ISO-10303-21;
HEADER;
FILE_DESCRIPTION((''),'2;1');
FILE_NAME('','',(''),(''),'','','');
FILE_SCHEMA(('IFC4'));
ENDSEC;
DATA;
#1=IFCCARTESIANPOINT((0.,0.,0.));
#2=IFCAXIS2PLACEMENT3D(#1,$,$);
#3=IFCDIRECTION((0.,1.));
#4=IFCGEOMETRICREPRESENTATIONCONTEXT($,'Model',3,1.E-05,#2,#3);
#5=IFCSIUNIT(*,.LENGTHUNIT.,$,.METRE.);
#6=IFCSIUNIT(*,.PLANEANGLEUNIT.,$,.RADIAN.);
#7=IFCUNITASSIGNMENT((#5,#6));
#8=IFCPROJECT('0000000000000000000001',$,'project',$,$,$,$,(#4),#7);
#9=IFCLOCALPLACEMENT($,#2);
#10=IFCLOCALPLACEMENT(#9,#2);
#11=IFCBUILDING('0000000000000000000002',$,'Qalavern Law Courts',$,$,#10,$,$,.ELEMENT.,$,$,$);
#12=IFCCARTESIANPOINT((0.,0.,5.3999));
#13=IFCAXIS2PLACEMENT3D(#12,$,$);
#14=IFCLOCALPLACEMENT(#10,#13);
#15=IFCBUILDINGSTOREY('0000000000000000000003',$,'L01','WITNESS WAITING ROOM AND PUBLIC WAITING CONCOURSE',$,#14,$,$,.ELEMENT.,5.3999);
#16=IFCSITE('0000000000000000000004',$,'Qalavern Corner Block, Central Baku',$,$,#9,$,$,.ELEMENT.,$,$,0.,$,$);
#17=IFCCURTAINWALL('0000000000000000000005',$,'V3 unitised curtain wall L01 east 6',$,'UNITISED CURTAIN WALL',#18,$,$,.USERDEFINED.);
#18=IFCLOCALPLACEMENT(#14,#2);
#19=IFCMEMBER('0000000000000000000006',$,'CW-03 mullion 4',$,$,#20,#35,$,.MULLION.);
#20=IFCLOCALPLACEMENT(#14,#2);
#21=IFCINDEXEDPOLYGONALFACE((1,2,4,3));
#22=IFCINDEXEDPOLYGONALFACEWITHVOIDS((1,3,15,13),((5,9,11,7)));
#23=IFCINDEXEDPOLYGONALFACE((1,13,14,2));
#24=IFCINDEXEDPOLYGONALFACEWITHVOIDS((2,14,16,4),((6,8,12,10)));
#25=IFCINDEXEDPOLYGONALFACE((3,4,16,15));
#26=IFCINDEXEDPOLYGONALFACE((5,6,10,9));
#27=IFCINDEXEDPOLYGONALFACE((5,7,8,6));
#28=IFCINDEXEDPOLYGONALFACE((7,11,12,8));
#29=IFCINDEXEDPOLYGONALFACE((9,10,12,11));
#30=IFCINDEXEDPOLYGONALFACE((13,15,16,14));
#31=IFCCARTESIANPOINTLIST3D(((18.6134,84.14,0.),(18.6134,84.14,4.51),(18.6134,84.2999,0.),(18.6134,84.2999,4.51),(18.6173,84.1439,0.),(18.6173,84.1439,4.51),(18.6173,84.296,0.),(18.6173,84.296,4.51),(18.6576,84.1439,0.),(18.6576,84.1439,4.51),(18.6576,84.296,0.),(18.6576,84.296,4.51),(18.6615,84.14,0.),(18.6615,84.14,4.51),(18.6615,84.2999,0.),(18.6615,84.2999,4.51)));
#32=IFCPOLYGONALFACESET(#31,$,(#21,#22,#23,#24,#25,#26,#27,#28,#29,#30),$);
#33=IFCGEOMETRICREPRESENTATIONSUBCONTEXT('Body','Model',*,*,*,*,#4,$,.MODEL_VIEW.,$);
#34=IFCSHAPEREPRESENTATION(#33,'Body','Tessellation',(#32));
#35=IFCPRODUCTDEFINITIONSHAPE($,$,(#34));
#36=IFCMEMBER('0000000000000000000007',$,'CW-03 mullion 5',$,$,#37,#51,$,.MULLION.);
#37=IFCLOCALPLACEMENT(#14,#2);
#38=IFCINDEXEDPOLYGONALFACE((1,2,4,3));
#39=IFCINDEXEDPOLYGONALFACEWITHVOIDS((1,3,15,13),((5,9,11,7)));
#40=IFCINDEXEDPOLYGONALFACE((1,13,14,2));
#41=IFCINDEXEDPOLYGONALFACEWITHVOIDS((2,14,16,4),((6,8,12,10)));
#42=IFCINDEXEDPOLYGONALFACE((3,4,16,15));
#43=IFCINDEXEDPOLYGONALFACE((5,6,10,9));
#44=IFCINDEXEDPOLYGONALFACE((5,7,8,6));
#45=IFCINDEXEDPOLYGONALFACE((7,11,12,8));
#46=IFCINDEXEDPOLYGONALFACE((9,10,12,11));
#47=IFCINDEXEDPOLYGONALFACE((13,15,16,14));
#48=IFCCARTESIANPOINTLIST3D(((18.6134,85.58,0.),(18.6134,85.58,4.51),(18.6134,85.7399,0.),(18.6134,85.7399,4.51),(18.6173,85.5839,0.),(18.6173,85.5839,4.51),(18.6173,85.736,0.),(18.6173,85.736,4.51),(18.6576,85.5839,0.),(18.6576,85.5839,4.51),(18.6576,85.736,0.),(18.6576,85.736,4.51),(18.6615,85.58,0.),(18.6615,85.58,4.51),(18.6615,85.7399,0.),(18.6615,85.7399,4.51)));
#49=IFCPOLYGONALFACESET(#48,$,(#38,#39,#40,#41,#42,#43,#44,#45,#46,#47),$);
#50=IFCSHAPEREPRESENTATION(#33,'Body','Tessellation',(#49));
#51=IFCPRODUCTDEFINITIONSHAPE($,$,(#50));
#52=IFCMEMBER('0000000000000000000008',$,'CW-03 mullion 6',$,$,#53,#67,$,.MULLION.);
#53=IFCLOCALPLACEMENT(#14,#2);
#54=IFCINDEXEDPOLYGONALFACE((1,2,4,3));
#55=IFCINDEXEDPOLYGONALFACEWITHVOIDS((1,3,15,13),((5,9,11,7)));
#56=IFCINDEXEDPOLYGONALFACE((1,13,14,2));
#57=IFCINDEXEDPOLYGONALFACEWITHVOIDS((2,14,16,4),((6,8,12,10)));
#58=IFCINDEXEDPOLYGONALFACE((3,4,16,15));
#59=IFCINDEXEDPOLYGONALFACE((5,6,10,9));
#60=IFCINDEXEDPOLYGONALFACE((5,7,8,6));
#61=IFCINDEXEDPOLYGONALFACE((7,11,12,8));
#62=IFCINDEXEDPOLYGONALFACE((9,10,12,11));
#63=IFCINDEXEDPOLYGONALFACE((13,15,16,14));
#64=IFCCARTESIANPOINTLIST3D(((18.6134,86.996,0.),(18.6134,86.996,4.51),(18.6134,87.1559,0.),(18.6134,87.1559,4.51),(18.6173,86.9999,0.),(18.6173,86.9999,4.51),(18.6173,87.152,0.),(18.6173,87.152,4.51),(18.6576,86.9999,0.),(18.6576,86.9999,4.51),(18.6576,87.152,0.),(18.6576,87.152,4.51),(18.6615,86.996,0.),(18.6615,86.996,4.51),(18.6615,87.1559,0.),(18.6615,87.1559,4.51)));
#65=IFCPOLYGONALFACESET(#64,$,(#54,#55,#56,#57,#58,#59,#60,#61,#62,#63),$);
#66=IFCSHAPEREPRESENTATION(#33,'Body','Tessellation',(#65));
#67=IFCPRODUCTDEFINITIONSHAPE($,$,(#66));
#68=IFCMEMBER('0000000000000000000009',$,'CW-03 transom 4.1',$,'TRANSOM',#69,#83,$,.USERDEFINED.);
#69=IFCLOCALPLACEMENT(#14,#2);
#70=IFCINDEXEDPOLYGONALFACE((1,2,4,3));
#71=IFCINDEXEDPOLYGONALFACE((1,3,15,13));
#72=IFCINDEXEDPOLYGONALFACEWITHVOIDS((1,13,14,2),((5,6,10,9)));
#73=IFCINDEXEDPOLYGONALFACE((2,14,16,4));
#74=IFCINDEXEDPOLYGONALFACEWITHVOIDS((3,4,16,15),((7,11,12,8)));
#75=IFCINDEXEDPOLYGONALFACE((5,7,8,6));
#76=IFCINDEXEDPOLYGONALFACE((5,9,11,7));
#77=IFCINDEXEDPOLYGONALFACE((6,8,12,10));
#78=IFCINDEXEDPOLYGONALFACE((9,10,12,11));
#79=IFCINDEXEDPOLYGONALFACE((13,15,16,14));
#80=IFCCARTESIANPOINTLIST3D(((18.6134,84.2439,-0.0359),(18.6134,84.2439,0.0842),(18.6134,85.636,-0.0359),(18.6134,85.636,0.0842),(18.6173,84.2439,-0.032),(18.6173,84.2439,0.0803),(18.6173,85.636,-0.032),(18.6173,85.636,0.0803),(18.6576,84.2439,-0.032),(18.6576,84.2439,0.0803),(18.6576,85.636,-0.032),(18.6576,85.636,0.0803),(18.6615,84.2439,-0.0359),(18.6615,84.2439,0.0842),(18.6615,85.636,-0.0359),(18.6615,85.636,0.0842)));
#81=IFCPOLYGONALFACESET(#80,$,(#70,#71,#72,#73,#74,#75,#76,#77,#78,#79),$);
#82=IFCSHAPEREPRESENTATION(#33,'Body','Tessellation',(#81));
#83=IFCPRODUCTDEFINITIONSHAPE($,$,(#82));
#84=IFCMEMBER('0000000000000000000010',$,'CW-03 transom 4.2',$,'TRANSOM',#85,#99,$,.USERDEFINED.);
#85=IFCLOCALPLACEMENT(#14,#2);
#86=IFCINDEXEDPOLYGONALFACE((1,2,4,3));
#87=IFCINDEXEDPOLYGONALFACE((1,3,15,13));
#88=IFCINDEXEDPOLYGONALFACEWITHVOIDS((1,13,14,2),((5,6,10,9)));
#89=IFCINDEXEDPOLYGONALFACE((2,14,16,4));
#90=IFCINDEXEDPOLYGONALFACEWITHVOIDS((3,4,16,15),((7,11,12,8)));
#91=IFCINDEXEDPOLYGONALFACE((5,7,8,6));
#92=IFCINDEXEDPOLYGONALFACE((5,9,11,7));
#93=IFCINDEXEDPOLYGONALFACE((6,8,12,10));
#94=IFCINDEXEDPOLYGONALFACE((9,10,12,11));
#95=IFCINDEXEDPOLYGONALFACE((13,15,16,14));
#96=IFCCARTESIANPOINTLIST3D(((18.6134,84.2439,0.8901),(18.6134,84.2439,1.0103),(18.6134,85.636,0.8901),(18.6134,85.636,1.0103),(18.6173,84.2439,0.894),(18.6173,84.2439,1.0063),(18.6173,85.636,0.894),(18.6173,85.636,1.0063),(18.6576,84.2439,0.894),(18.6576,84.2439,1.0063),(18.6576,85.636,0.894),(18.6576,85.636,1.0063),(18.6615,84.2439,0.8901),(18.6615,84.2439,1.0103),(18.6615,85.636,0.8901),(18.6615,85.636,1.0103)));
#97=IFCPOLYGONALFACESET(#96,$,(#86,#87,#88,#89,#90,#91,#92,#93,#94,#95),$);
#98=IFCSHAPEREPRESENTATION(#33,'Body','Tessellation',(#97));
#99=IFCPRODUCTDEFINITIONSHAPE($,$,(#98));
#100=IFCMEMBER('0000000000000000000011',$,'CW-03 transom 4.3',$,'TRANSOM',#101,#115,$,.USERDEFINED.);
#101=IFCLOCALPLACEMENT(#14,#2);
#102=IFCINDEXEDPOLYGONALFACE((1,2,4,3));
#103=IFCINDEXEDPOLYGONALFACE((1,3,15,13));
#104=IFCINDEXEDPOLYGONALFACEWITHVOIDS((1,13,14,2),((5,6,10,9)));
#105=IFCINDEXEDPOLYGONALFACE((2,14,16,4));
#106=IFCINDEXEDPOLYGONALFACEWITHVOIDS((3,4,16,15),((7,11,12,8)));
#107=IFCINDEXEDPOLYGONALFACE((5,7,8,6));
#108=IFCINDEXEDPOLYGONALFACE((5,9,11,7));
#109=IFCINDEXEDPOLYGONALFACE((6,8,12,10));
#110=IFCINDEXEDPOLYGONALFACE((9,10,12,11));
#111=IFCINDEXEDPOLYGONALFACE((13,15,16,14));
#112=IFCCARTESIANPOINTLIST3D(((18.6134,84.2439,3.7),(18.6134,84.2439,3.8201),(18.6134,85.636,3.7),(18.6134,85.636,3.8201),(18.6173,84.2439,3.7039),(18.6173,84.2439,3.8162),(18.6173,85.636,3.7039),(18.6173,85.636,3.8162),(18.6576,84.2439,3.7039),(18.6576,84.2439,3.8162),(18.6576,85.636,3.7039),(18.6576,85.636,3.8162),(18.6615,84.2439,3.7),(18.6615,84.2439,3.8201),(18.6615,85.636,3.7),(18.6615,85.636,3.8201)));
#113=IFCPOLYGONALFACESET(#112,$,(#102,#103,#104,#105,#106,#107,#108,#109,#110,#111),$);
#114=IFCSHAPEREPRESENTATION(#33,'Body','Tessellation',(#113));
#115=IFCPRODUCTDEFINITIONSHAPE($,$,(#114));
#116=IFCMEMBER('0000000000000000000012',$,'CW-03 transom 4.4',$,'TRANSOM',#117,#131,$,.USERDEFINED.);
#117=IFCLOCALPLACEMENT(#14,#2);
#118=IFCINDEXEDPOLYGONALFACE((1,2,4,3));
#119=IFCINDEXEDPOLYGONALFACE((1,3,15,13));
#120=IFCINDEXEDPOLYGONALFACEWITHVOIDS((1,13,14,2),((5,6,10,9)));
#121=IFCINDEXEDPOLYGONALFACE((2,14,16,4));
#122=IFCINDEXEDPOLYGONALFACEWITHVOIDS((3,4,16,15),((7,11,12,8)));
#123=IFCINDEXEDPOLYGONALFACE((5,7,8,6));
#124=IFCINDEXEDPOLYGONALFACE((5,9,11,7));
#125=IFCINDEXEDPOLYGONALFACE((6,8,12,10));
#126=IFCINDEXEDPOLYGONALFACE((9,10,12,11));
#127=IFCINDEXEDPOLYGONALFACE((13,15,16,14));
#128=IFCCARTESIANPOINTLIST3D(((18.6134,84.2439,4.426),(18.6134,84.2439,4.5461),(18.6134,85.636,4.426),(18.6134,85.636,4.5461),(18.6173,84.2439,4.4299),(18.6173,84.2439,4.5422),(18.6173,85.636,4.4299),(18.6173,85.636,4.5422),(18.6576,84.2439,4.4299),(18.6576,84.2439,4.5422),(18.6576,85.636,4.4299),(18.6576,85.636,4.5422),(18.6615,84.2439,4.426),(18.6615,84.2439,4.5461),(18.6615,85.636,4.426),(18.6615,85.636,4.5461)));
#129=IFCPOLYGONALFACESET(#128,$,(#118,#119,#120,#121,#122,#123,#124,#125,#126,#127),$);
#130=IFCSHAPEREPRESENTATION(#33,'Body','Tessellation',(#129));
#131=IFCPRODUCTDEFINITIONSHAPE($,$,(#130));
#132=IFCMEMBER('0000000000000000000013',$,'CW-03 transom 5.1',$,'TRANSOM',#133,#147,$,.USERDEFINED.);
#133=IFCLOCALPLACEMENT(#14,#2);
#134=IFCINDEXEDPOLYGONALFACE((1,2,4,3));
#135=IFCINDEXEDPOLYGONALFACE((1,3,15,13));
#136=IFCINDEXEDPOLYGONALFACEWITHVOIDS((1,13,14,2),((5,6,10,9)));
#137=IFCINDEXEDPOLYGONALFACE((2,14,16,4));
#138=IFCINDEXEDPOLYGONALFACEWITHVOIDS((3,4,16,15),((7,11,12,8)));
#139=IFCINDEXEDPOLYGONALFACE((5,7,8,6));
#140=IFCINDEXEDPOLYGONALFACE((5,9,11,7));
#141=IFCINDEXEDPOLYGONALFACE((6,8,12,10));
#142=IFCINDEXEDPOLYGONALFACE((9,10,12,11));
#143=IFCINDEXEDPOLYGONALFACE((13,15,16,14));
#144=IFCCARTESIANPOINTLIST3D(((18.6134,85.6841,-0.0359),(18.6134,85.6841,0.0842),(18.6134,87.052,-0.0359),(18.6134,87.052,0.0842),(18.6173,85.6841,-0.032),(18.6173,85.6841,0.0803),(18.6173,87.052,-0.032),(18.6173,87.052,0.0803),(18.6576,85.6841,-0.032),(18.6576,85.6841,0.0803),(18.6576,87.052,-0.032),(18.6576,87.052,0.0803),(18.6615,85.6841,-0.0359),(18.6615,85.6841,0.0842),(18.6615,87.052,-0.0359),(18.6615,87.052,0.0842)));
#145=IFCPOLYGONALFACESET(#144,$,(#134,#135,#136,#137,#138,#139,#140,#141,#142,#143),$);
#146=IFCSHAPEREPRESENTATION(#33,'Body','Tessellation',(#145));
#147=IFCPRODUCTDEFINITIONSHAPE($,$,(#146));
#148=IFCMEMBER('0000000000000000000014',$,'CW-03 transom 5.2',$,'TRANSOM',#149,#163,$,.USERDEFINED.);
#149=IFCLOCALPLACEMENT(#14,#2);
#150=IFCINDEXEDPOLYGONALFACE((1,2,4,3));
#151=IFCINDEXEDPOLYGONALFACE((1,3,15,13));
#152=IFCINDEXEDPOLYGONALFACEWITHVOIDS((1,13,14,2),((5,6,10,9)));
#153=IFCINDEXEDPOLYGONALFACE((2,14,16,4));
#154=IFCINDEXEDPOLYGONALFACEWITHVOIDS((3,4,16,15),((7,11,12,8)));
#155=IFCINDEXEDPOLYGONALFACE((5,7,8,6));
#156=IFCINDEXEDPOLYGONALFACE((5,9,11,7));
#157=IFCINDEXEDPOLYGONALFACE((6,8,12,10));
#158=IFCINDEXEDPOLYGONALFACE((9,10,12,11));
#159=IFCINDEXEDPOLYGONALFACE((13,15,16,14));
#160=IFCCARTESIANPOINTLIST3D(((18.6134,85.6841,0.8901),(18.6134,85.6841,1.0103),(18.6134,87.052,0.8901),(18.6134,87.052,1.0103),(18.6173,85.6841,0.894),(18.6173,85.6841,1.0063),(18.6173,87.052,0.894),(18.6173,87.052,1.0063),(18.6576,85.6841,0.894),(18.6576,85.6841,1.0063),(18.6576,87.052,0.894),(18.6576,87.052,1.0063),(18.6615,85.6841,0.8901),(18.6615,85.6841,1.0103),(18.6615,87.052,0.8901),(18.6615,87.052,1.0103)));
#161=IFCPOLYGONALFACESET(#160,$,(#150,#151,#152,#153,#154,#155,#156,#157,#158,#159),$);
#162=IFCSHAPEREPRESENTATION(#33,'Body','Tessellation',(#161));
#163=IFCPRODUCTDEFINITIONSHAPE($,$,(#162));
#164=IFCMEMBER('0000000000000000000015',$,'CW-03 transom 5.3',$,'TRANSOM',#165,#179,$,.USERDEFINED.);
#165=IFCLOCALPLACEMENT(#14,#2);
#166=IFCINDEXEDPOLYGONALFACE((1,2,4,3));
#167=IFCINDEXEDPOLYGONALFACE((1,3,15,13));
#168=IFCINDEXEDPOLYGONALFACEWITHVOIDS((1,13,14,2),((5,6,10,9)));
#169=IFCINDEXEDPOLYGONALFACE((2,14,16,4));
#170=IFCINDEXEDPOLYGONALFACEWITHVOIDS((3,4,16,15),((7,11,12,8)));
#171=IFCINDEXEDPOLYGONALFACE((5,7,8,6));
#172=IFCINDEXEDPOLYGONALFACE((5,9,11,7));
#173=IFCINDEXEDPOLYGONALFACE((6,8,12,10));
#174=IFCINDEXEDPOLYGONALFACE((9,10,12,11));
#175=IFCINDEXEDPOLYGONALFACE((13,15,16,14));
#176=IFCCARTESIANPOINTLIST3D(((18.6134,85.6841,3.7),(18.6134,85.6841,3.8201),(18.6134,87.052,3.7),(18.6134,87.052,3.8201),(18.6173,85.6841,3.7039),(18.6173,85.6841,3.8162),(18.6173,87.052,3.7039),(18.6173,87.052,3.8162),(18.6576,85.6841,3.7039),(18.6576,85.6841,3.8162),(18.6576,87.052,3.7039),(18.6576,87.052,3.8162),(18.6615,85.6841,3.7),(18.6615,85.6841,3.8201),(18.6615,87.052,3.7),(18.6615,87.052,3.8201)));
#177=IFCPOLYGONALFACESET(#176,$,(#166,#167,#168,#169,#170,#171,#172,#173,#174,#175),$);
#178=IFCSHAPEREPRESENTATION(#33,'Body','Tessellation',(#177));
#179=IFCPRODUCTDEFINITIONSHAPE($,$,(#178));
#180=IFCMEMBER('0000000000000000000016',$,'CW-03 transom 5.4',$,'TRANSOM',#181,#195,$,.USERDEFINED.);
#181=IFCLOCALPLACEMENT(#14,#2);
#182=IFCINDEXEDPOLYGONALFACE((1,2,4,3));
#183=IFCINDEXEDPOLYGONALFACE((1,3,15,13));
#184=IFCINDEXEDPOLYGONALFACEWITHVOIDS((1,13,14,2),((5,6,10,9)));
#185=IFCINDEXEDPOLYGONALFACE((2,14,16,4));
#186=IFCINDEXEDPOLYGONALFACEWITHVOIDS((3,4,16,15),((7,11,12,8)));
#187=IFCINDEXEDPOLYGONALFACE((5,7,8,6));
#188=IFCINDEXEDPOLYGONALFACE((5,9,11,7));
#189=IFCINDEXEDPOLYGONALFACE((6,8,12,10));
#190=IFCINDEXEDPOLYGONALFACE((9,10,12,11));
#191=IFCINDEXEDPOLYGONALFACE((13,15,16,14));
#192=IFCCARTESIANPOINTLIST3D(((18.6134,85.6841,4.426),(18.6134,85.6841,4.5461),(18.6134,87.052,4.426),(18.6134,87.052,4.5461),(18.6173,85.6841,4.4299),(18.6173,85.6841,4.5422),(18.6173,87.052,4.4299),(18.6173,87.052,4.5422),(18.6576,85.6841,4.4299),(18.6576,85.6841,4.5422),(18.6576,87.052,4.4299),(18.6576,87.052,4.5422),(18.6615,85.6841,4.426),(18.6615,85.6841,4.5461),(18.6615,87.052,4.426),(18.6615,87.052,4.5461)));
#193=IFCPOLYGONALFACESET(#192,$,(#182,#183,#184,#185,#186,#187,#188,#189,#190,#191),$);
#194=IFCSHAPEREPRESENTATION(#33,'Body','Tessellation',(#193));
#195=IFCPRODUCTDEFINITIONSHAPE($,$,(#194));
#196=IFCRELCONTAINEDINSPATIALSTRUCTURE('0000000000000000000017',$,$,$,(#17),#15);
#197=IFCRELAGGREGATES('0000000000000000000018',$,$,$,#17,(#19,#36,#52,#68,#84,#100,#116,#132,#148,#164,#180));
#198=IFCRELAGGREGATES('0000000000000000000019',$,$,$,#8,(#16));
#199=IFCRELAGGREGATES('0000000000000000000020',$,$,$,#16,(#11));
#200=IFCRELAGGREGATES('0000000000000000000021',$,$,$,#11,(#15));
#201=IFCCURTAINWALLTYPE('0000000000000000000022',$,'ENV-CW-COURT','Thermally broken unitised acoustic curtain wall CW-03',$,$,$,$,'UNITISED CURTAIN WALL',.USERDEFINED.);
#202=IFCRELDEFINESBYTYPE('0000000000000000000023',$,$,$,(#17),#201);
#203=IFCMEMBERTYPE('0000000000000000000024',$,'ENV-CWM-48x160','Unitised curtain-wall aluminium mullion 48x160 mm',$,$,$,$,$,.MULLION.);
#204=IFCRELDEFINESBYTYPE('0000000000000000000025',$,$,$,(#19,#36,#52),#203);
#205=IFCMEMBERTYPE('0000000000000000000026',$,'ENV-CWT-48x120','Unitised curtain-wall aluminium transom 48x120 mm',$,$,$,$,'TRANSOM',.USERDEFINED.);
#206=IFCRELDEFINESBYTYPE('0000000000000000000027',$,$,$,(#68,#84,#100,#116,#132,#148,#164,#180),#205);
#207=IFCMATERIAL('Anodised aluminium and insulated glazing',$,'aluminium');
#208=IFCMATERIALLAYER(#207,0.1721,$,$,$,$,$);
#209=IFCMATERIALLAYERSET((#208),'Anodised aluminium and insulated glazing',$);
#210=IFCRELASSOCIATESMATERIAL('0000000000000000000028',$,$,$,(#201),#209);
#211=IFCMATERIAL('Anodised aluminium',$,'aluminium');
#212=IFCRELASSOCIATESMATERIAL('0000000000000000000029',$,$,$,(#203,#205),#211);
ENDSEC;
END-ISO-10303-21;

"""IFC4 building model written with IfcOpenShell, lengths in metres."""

from ifc_helpers import new_model, si_unit, direction, frame, origin, origin_2d, place, context, subcontext, project, spatial, hollow_rectangle, extrude, material, layer, layer_set, material_profile, profile_set, type_object, element, aggregate, save


model = new_model("IFC4")

# Units and contexts
model_context = context("Model", 3, precision=1e-05, world=origin(), true_north=direction((0.0, 1.0)))
body_context = subcontext(model_context, "Body", "Model", "MODEL_VIEW")
ifc_project = project(units=[si_unit("LENGTHUNIT", "METRE"), si_unit("PLANEANGLEUNIT", "RADIAN")], contexts=[model_context])

# Site, building, storey
site_placement = place(None, origin())
site = spatial("IfcSite", under=ifc_project, at=site_placement, Name="Qalavern Corner Block, Central Baku", CompositionType="ELEMENT", RefElevation=0.0)
building_placement = place(site_placement, origin())
building = spatial("IfcBuilding", under=site, at=building_placement, Name="Qalavern Law Courts", CompositionType="ELEMENT")
storey_placement = place(building_placement, frame((0.0, 0.0, 5.3999)))
storey = spatial("IfcBuildingStorey", under=building, at=storey_placement, Name="L01", Description="WITNESS WAITING ROOM AND PUBLIC WAITING CONCOURSE", CompositionType="ELEMENT", Elevation=5.3999)

# Curtain wall, members
ifc_material_1 = material(Name="Anodised aluminium and insulated glazing", Category="aluminium")
ifc_layer_1 = layer(ifc_material_1, 0.1721)
ifc_layer_set_1 = layer_set([ifc_layer_1], Name="Anodised aluminium and insulated glazing")
curtain_wall_type = type_object("IfcCurtainWallType", Name="ENV-CW-COURT", Description="Thermally broken unitised acoustic curtain wall CW-03", ElementType="UNITISED CURTAIN WALL", PredefinedType="USERDEFINED", material=ifc_layer_set_1)
curtain_wall_placement = place(storey_placement, origin())
curtain_wall = element("IfcCurtainWall", 1, at=curtain_wall_placement, inside=storey, type_object=curtain_wall_type, Name="V3 unitised curtain wall L01 east 6", ObjectType="UNITISED CURTAIN WALL", PredefinedType="USERDEFINED")
ifc_material_2 = material(Name="Anodised aluminium", Category="aluminium")
ifc_material_profile_1 = material_profile(ifc_material_2, hollow_rectangle(XDim=0.0481, YDim=0.1599, WallThickness=0.0039, at=origin_2d()), Name="ALU MULLION 48x160")
ifc_profile_set_1 = profile_set([ifc_material_profile_1], Name="Anodised aluminium")
member_type_1 = type_object("IfcMemberType", Name="ENV-CWM-48x160", Description="Unitised curtain-wall aluminium mullion 48x160 mm", PredefinedType="MULLION", material=ifc_profile_set_1)
member_1_placement = place(storey_placement, frame((18.6375, 84.22, 0.0), z_axis=(0.0, 0.0, 1.0), x_axis=(-1.0, 0.0, 0.0)))
member_1 = element("IfcMember", 2, at=member_1_placement, type_object=member_type_1, Name="CW-03 mullion 4", PredefinedType="MULLION", context=body_context, shape_type="SweptSolid", body=[
    extrude(hollow_rectangle(XDim=0.0481, YDim=0.1599, WallThickness=0.0039, at=origin_2d()), origin(), (0.0, 0.0, 1.0), 4.51),
])
member_2_placement = place(storey_placement, frame((18.6375, 85.6599, 0.0), z_axis=(0.0, 0.0, 1.0), x_axis=(-1.0, 0.0, 0.0)))
member_2 = element("IfcMember", 3, at=member_2_placement, type_object=member_type_1, Name="CW-03 mullion 5", PredefinedType="MULLION", context=body_context, shape_type="SweptSolid", body=[
    extrude(hollow_rectangle(XDim=0.0481, YDim=0.1599, WallThickness=0.0039, at=origin_2d()), origin(), (0.0, 0.0, 1.0), 4.51),
])
member_3_placement = place(storey_placement, frame((18.6375, 87.0759, 0.0), z_axis=(0.0, 0.0, 1.0), x_axis=(-1.0, 0.0, 0.0)))
member_3 = element("IfcMember", 4, at=member_3_placement, type_object=member_type_1, Name="CW-03 mullion 6", PredefinedType="MULLION", context=body_context, shape_type="SweptSolid", body=[
    extrude(hollow_rectangle(XDim=0.0481, YDim=0.1599, WallThickness=0.0039, at=origin_2d()), origin(), (0.0, 0.0, 1.0), 4.51),
])
ifc_material_profile_2 = material_profile(ifc_material_2, hollow_rectangle(XDim=0.0481, YDim=0.1201, WallThickness=0.0039, at=origin_2d()), Name="ALU TRANSOM 48x120")
ifc_profile_set_2 = profile_set([ifc_material_profile_2], Name="Anodised aluminium")
member_type_2 = type_object("IfcMemberType", Name="ENV-CWT-48x120", Description="Unitised curtain-wall aluminium transom 48x120 mm", ElementType="TRANSOM", PredefinedType="USERDEFINED", material=ifc_profile_set_2)
member_4_placement = place(storey_placement, frame((18.6375, 84.2439, 0.0242), z_axis=(0.0, 1.0, 0.0), x_axis=(-1.0, 0.0, 0.0)))
member_4 = element("IfcMember", 5, at=member_4_placement, type_object=member_type_2, Name="CW-03 transom 4.1", ObjectType="TRANSOM", PredefinedType="USERDEFINED", context=body_context, shape_type="SweptSolid", body=[
    extrude(hollow_rectangle(XDim=0.0481, YDim=0.1201, WallThickness=0.0039, at=origin_2d()), origin(), (0.0, 0.0, 1.0), 1.3921),
])
member_5_placement = place(storey_placement, frame((18.6375, 84.2439, 0.9502), z_axis=(0.0, 1.0, 0.0), x_axis=(-1.0, 0.0, 0.0)))
member_5 = element("IfcMember", 6, at=member_5_placement, type_object=member_type_2, Name="CW-03 transom 4.2", ObjectType="TRANSOM", PredefinedType="USERDEFINED", context=body_context, shape_type="SweptSolid", body=[
    extrude(hollow_rectangle(XDim=0.0481, YDim=0.1201, WallThickness=0.0039, at=origin_2d()), origin(), (0.0, 0.0, 1.0), 1.3921),
])
member_6_placement = place(storey_placement, frame((18.6375, 84.2439, 3.76), z_axis=(0.0, 1.0, 0.0), x_axis=(-1.0, 0.0, 0.0)))
member_6 = element("IfcMember", 7, at=member_6_placement, type_object=member_type_2, Name="CW-03 transom 4.3", ObjectType="TRANSOM", PredefinedType="USERDEFINED", context=body_context, shape_type="SweptSolid", body=[
    extrude(hollow_rectangle(XDim=0.0481, YDim=0.1201, WallThickness=0.0039, at=origin_2d()), origin(), (0.0, 0.0, 1.0), 1.3921),
])
member_7_placement = place(storey_placement, frame((18.6375, 84.2439, 4.4861), z_axis=(0.0, 1.0, 0.0), x_axis=(-1.0, 0.0, 0.0)))
member_7 = element("IfcMember", 8, at=member_7_placement, type_object=member_type_2, Name="CW-03 transom 4.4", ObjectType="TRANSOM", PredefinedType="USERDEFINED", context=body_context, shape_type="SweptSolid", body=[
    extrude(hollow_rectangle(XDim=0.0481, YDim=0.1201, WallThickness=0.0039, at=origin_2d()), origin(), (0.0, 0.0, 1.0), 1.3921),
])
member_8_placement = place(storey_placement, frame((18.6375, 85.6841, 0.0242), z_axis=(0.0, 1.0, 0.0), x_axis=(-1.0, 0.0, 0.0)))
member_8 = element("IfcMember", 9, at=member_8_placement, type_object=member_type_2, Name="CW-03 transom 5.1", ObjectType="TRANSOM", PredefinedType="USERDEFINED", context=body_context, shape_type="SweptSolid", body=[
    extrude(hollow_rectangle(XDim=0.0481, YDim=0.1201, WallThickness=0.0039, at=origin_2d()), origin(), (0.0, 0.0, 1.0), 1.3679),
])
member_9_placement = place(storey_placement, frame((18.6375, 85.6841, 0.9502), z_axis=(0.0, 1.0, 0.0), x_axis=(-1.0, 0.0, 0.0)))
member_9 = element("IfcMember", 10, at=member_9_placement, type_object=member_type_2, Name="CW-03 transom 5.2", ObjectType="TRANSOM", PredefinedType="USERDEFINED", context=body_context, shape_type="SweptSolid", body=[
    extrude(hollow_rectangle(XDim=0.0481, YDim=0.1201, WallThickness=0.0039, at=origin_2d()), origin(), (0.0, 0.0, 1.0), 1.3679),
])
member_10_placement = place(storey_placement, frame((18.6375, 85.6841, 3.76), z_axis=(0.0, 1.0, 0.0), x_axis=(-1.0, 0.0, 0.0)))
member_10 = element("IfcMember", 11, at=member_10_placement, type_object=member_type_2, Name="CW-03 transom 5.3", ObjectType="TRANSOM", PredefinedType="USERDEFINED", context=body_context, shape_type="SweptSolid", body=[
    extrude(hollow_rectangle(XDim=0.0481, YDim=0.1201, WallThickness=0.0039, at=origin_2d()), origin(), (0.0, 0.0, 1.0), 1.3679),
])
member_11_placement = place(storey_placement, frame((18.6375, 85.6841, 4.4861), z_axis=(0.0, 1.0, 0.0), x_axis=(-1.0, 0.0, 0.0)))
member_11 = element("IfcMember", 12, at=member_11_placement, type_object=member_type_2, Name="CW-03 transom 5.4", ObjectType="TRANSOM", PredefinedType="USERDEFINED", context=body_context, shape_type="SweptSolid", body=[
    extrude(hollow_rectangle(XDim=0.0481, YDim=0.1201, WallThickness=0.0039, at=origin_2d()), origin(), (0.0, 0.0, 1.0), 1.3679),
])

aggregate(curtain_wall, [member_1, member_2, member_3, member_4, member_5, member_6, member_7, member_8, member_9, member_10, member_11])

save(model, "model.ifc")
